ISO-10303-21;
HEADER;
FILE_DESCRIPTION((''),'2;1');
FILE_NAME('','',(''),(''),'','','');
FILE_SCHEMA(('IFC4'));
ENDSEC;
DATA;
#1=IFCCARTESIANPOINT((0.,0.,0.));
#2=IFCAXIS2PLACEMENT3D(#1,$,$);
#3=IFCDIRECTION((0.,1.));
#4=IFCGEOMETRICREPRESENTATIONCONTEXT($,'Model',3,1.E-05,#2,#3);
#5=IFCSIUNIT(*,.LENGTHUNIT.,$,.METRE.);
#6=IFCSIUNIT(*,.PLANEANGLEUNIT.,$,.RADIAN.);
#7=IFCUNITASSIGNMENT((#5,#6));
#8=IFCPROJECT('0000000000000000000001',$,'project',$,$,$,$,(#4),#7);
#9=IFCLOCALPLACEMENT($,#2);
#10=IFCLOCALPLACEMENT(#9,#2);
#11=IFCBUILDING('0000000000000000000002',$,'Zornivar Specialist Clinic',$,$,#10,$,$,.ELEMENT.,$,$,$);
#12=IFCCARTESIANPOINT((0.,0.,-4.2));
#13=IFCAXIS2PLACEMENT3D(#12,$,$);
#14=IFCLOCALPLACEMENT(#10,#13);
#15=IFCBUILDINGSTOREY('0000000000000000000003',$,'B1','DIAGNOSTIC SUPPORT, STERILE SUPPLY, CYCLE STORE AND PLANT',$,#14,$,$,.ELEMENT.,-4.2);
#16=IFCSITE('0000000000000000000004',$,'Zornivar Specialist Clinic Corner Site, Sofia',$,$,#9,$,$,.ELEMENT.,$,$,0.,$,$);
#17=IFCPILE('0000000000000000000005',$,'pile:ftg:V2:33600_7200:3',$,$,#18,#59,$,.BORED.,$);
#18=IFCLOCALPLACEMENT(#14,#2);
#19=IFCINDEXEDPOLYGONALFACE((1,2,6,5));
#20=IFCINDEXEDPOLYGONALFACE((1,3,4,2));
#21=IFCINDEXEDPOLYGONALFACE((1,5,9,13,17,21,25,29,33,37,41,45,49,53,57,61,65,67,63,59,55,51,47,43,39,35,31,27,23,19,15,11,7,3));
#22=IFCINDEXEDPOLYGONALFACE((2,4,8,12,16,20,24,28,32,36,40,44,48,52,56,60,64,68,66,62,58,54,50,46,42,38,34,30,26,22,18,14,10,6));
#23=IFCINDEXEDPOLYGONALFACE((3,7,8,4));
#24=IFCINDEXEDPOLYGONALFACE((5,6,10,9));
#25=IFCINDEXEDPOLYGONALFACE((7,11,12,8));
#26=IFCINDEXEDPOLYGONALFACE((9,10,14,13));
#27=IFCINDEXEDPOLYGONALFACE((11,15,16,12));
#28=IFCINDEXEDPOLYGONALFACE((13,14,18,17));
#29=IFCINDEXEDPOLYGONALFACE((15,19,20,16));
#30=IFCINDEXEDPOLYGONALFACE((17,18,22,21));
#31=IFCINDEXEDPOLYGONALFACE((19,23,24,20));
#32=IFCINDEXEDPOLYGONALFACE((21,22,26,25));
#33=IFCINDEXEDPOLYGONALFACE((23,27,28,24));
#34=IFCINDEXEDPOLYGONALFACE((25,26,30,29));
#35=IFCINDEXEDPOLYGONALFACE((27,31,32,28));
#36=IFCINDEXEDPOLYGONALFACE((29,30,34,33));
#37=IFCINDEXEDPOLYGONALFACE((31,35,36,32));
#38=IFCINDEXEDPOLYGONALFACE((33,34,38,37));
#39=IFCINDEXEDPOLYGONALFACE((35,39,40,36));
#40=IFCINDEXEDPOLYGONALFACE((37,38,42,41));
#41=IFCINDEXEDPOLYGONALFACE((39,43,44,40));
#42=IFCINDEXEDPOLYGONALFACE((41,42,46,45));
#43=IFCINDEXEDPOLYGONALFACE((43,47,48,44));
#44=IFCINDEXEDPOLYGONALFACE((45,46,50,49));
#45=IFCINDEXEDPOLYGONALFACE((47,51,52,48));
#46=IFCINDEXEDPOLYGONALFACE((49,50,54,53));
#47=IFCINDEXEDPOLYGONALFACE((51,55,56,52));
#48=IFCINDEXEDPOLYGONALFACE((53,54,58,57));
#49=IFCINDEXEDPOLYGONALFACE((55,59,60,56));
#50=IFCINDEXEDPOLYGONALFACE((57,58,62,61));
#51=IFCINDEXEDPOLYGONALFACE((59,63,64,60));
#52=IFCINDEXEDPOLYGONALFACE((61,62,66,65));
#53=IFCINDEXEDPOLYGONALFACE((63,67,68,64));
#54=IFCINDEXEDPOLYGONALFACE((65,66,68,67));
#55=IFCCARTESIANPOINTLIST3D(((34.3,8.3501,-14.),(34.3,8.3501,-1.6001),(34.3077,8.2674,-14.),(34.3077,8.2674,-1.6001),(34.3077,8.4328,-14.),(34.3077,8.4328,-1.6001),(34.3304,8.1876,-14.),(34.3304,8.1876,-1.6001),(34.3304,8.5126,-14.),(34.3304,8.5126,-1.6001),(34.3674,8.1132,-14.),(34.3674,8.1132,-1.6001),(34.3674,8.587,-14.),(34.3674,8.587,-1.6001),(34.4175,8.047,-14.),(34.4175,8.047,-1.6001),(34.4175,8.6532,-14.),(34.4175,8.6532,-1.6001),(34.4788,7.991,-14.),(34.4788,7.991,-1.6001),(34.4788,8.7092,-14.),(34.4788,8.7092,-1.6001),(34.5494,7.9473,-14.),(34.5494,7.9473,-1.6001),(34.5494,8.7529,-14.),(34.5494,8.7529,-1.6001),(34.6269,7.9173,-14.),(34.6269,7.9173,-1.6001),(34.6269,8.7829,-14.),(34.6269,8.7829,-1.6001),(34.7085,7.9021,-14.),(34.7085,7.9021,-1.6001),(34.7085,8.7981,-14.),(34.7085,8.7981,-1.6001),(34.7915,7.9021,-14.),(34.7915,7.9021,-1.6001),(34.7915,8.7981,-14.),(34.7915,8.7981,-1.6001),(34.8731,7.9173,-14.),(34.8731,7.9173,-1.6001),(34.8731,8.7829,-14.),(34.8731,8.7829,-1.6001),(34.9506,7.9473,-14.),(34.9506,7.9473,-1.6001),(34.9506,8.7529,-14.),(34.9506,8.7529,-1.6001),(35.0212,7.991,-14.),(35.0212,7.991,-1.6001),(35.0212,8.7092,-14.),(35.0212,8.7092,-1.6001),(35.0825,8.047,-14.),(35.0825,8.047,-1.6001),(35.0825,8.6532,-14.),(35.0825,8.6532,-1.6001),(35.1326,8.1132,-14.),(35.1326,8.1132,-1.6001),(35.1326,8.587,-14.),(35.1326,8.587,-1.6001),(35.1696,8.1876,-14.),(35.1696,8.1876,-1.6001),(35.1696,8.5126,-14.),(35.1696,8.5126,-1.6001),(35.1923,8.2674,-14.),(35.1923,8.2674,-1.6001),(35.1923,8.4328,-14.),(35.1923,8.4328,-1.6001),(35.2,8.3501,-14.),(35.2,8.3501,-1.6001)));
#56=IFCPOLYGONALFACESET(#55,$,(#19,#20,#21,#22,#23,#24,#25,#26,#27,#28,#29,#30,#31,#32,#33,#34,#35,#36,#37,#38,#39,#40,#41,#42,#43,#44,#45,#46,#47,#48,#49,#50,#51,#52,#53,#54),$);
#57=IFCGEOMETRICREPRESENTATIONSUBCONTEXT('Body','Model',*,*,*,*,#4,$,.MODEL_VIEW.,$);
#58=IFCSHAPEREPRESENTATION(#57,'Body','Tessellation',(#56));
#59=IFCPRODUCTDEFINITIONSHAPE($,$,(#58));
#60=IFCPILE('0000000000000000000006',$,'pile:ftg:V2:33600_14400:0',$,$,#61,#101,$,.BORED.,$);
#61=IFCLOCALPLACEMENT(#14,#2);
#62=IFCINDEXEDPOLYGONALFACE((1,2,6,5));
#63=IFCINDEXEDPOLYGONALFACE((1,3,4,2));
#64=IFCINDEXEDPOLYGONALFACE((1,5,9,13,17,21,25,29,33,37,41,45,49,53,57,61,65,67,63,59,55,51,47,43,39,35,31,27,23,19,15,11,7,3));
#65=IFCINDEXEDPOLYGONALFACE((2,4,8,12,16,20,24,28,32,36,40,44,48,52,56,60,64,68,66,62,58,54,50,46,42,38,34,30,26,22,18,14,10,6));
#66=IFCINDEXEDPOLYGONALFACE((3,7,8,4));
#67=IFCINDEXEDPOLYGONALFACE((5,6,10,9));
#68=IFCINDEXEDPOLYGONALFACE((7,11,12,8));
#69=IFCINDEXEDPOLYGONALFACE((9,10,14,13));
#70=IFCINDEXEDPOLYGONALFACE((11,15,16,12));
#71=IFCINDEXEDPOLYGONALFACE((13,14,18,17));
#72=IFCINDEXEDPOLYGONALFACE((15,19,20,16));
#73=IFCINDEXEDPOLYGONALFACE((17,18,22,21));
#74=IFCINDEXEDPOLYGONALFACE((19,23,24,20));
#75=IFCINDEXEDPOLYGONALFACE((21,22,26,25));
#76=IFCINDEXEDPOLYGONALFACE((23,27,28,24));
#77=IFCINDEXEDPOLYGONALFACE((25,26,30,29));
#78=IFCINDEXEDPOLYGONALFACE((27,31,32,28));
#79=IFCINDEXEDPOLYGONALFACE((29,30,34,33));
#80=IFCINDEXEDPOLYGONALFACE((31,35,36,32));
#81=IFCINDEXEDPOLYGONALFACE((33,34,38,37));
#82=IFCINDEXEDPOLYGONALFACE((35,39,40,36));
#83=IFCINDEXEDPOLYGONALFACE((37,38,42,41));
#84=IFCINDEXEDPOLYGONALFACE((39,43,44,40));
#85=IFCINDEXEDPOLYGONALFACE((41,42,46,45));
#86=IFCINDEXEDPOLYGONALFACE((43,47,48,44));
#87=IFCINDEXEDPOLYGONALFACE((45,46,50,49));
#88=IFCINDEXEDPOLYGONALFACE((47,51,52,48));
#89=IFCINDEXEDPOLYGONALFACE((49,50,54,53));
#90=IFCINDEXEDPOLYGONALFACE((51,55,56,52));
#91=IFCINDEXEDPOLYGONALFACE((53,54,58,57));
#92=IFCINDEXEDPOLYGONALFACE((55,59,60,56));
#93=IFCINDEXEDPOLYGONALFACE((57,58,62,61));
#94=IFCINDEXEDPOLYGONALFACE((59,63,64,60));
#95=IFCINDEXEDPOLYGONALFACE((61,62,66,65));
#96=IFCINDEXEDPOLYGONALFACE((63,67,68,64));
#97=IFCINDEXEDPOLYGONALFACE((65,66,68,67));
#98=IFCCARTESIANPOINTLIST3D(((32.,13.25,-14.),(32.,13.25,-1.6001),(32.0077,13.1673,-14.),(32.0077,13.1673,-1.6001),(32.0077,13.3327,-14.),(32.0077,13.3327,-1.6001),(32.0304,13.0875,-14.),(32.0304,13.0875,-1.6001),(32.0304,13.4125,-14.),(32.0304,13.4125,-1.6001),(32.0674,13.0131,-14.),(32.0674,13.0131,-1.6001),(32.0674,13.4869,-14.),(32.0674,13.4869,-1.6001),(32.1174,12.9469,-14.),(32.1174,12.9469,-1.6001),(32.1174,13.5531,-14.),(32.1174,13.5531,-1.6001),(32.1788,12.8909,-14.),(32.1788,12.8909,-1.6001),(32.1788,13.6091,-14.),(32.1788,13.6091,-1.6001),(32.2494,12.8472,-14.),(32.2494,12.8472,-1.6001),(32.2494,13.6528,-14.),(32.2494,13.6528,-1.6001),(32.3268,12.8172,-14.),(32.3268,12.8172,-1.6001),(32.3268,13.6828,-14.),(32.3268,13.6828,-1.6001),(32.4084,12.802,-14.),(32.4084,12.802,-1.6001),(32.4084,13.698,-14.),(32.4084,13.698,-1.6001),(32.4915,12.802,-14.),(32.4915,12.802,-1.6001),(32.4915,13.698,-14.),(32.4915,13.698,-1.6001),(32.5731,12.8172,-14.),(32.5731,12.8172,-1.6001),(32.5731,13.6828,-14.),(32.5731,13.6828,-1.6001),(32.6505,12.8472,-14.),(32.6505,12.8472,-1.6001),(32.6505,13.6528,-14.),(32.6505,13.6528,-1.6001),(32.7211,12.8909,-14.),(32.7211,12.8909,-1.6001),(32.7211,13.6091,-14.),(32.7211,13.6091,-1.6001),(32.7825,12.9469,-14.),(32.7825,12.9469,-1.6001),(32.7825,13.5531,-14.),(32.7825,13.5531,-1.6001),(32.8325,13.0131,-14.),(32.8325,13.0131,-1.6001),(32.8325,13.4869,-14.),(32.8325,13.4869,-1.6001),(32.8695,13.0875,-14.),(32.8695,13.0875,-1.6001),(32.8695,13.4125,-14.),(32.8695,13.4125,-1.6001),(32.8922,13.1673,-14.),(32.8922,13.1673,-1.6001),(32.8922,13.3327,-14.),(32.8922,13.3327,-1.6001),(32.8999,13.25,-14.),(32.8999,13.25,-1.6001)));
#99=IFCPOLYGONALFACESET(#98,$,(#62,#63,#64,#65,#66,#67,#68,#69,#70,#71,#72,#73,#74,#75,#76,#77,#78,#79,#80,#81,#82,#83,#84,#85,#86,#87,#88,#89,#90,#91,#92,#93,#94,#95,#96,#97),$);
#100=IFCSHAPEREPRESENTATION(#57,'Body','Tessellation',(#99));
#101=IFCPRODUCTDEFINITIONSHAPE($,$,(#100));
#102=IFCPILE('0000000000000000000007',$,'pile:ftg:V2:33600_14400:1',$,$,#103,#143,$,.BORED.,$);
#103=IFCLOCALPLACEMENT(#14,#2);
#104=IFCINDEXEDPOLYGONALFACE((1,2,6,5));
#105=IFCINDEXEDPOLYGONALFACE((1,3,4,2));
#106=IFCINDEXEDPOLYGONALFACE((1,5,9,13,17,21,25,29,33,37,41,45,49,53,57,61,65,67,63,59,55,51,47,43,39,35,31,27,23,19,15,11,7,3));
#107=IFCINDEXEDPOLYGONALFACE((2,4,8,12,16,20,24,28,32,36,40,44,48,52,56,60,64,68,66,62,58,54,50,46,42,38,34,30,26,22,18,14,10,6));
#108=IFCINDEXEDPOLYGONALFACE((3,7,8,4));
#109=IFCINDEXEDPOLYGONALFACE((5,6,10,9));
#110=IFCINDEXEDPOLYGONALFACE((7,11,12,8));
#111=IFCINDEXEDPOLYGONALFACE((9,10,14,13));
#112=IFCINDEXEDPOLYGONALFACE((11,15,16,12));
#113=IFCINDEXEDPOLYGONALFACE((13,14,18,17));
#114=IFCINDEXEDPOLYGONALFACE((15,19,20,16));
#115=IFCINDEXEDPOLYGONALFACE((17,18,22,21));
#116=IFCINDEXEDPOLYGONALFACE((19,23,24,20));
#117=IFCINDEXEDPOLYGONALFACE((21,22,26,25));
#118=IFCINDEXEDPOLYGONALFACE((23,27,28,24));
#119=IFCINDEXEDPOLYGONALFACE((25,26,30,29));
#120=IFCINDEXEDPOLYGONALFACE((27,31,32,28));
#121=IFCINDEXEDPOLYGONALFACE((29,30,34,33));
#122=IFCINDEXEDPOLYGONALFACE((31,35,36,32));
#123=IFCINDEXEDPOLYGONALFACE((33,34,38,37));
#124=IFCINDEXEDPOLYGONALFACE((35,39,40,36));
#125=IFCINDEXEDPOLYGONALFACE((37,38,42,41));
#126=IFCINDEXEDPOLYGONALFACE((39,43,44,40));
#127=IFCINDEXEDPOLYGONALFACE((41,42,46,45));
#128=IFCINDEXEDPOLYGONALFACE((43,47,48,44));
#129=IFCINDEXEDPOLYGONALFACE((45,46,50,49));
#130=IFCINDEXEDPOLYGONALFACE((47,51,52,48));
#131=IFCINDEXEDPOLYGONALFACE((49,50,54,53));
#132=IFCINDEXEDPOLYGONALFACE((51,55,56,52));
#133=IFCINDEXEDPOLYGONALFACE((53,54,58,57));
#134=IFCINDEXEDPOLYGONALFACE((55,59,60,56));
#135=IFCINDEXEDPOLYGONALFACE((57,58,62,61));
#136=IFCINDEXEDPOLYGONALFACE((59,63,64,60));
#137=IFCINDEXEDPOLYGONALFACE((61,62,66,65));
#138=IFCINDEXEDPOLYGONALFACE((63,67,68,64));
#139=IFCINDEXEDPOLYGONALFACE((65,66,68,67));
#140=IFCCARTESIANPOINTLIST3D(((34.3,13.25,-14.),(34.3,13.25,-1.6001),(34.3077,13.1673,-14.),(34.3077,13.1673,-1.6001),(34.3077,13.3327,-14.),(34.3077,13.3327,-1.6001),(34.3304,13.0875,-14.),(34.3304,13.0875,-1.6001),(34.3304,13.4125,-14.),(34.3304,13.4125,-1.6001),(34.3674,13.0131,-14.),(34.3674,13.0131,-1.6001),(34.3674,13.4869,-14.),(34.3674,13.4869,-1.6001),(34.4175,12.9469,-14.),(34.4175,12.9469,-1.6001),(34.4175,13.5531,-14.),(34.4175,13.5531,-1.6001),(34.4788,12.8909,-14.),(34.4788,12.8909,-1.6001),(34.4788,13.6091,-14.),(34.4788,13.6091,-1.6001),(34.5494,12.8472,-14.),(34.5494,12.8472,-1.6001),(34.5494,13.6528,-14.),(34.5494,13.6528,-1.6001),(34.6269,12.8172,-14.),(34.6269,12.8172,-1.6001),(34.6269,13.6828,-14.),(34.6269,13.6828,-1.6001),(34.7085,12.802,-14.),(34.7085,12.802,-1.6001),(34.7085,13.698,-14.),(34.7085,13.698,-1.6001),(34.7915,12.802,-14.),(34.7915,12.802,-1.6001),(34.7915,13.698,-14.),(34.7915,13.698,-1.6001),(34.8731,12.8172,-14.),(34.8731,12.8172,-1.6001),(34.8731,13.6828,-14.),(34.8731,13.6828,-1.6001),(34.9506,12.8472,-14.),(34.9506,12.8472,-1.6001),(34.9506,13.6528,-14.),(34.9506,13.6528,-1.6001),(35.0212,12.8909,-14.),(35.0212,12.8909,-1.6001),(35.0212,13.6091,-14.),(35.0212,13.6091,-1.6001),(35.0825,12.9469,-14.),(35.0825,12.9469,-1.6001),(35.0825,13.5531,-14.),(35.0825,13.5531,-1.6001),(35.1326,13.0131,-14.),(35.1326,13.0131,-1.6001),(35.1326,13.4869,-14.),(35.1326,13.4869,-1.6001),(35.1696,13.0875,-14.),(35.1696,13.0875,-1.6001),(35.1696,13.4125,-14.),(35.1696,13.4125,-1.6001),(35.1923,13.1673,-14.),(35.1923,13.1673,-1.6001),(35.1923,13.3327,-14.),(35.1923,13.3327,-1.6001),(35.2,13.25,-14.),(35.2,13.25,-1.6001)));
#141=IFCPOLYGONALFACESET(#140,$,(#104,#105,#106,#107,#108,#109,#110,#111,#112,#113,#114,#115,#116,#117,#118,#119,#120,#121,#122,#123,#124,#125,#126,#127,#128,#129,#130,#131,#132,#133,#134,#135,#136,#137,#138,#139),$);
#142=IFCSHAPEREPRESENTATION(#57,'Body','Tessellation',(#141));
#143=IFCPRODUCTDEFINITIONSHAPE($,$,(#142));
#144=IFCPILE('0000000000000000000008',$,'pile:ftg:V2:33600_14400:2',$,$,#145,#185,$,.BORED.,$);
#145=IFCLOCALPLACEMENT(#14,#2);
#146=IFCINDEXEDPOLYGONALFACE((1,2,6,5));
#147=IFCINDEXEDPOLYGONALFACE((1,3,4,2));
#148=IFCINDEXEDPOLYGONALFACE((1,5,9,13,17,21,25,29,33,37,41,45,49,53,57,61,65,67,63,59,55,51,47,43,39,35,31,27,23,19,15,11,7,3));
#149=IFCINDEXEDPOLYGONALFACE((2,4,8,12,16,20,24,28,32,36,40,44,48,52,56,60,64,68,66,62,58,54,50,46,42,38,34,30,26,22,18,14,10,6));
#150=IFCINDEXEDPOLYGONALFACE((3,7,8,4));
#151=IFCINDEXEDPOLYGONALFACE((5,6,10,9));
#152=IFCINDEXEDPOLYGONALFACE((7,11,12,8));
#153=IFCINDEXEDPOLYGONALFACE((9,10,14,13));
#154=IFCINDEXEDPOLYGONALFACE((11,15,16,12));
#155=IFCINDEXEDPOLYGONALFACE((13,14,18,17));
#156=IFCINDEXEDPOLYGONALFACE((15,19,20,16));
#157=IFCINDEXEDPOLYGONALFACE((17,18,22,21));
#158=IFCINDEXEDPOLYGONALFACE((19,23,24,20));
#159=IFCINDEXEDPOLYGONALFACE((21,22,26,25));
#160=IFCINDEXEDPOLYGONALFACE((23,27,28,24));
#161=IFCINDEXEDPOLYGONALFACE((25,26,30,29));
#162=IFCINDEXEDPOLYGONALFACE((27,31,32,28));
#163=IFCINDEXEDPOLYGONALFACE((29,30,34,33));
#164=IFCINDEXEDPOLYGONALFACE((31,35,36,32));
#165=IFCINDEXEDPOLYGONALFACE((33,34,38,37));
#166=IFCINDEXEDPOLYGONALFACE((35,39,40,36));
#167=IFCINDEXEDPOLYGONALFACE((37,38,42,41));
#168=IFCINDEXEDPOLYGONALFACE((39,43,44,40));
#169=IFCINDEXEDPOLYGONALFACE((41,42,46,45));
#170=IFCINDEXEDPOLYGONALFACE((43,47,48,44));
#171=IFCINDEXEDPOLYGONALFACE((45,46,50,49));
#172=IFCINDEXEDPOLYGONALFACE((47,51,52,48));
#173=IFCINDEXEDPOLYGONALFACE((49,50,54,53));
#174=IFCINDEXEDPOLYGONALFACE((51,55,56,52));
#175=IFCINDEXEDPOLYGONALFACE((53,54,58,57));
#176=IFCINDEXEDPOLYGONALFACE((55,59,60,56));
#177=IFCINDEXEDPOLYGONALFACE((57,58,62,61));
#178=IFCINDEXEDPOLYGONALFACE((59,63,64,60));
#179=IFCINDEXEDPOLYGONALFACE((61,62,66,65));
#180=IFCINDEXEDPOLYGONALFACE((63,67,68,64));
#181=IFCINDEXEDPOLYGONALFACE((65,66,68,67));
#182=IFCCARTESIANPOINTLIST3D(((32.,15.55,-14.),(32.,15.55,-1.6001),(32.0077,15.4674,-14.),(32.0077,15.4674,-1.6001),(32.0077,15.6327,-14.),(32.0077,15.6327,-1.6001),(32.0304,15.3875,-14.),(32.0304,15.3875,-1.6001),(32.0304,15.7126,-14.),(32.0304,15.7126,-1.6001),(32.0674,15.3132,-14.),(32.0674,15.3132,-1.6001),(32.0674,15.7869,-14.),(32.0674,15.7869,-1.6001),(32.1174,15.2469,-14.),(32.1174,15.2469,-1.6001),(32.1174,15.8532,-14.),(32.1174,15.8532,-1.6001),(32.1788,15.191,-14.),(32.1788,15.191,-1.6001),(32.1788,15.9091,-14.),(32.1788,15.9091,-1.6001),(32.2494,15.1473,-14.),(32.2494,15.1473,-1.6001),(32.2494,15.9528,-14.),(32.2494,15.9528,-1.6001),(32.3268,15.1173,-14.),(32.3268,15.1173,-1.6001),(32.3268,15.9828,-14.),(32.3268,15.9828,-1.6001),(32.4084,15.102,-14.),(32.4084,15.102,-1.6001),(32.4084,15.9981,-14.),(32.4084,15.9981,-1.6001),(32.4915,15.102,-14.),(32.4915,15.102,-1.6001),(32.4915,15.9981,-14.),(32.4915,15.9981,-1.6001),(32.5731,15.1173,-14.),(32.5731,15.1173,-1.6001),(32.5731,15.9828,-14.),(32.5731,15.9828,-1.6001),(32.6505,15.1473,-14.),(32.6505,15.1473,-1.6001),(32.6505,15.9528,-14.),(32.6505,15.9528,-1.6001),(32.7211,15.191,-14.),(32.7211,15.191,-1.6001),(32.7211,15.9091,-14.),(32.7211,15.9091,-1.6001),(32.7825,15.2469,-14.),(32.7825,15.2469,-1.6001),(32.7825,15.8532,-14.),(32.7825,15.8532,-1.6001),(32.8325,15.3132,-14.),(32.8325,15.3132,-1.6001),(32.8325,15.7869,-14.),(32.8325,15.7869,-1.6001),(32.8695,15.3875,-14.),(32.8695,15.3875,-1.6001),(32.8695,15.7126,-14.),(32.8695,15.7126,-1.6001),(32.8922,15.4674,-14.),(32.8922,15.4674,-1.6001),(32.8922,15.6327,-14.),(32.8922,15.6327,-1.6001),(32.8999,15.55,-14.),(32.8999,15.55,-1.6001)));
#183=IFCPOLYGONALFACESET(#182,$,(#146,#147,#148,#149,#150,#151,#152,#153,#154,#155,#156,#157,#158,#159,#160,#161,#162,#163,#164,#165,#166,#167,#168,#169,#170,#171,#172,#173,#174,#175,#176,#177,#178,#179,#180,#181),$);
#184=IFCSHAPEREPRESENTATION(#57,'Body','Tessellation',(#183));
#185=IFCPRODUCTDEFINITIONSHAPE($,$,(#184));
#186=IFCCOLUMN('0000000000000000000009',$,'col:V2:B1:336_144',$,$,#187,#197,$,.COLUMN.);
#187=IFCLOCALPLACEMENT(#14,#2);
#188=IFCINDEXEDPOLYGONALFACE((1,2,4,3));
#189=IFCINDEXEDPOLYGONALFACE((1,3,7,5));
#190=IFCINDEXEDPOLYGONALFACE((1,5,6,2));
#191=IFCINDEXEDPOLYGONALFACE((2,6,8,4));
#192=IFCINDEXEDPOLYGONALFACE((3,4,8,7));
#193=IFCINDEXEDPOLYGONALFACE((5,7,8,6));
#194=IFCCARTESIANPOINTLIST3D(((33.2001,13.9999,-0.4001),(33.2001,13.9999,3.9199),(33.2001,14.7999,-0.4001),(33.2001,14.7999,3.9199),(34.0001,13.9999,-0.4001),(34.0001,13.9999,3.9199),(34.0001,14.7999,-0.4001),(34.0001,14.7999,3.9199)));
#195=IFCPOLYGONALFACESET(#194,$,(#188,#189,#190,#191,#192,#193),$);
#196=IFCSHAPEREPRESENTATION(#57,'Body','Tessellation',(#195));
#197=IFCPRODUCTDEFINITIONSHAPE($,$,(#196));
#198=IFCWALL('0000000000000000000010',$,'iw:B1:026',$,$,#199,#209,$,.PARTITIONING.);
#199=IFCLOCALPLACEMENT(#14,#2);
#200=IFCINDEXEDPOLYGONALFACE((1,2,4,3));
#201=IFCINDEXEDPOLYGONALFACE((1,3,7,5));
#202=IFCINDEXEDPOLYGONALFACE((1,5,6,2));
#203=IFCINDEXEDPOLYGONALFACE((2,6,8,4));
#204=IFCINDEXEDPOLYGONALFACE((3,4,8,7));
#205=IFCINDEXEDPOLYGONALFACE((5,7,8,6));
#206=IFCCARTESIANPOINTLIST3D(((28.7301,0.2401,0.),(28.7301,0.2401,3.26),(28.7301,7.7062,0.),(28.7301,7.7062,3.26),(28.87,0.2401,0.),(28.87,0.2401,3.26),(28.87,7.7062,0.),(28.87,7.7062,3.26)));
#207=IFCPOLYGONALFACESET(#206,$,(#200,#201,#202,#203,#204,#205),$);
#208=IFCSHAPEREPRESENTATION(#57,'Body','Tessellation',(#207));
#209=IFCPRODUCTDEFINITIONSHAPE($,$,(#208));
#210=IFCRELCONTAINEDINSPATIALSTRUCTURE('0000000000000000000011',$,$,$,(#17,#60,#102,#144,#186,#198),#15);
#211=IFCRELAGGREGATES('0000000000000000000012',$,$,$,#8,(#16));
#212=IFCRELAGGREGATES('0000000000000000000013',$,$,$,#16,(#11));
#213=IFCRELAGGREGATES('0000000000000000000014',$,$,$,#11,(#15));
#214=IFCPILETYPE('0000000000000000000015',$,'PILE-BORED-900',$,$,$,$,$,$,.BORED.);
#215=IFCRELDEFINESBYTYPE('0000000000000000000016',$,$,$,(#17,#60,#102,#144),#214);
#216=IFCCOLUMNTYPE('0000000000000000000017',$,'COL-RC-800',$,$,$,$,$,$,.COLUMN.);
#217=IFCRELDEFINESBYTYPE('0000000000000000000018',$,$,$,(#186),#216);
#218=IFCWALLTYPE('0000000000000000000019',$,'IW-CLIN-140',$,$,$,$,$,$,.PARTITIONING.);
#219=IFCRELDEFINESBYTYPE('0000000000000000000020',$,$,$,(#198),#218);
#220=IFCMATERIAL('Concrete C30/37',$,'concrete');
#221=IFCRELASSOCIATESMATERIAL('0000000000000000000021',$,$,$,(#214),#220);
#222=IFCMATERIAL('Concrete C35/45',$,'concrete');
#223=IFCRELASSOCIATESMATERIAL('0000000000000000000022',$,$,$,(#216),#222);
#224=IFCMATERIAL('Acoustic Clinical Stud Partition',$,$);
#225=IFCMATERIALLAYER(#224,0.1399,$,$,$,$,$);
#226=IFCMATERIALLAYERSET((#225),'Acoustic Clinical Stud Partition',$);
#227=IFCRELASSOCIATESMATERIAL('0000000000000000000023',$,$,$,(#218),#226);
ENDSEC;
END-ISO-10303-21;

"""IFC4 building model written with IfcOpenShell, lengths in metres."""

from ifc_helpers import new_model, si_unit, direction, frame, frame_2d, origin, origin_2d, place, context, subcontext, project, spatial, rectangle, circle, extrude, material, layer, layer_set, material_profile, profile_set, type_object, element, save


model = new_model("IFC4")

# Units and contexts
model_context = context("Model", 3, precision=1e-05, world=origin(), true_north=direction((0.0, 1.0)))
body_context = subcontext(model_context, "Body", "Model", "MODEL_VIEW")
ifc_project = project(units=[si_unit("LENGTHUNIT", "METRE"), si_unit("PLANEANGLEUNIT", "RADIAN")], contexts=[model_context])

# Site, building, storey
site_placement = place(None, origin())
site = spatial("IfcSite", under=ifc_project, at=site_placement, Name="Zornivar Specialist Clinic Corner Site, Sofia", CompositionType="ELEMENT", RefElevation=0.0)
building_placement = place(site_placement, origin())
building = spatial("IfcBuilding", under=site, at=building_placement, Name="Zornivar Specialist Clinic", CompositionType="ELEMENT")
storey_placement = place(building_placement, frame((0.0, 0.0, -4.2)))
storey = spatial("IfcBuildingStorey", under=building, at=storey_placement, Name="B1", Description="DIAGNOSTIC SUPPORT, STERILE SUPPLY, CYCLE STORE AND PLANT", CompositionType="ELEMENT", Elevation=-4.2)

# Piles
ifc_material_1 = material(Name="Concrete C30/37", Category="concrete")
ifc_material_profile_1 = material_profile(ifc_material_1, circle(Radius=0.45, at=origin_2d()), Name="PILE D900")
ifc_profile_set_1 = profile_set([ifc_material_profile_1], Name="Concrete C30/37")
pile_type = type_object("IfcPileType", Name="PILE-BORED-900", PredefinedType="BORED", material=ifc_profile_set_1)
for number, where, z_axis, x_axis, name in (
    (1, (34.75, 8.3501, -1.6001), (0.0, 0.0, -1.0), (1.0, 0.0, 0.0), "pile:ftg:V2:33600_7200:3"),
    (2, (32.45, 13.25, -1.6001), (0.0, 0.0, -1.0), (1.0, 0.0, 0.0), "pile:ftg:V2:33600_14400:0"),
    (3, (34.75, 13.25, -1.6001), (0.0, 0.0, -1.0), (1.0, 0.0, 0.0), "pile:ftg:V2:33600_14400:1"),
    (4, (32.45, 15.55, -1.6001), (0.0, 0.0, -1.0), (1.0, 0.0, 0.0), "pile:ftg:V2:33600_14400:2"),
):
    element("IfcPile", number, at=place(storey_placement, frame(where, z_axis=z_axis, x_axis=x_axis)), inside=storey, type_object=pile_type, Name=name, PredefinedType="BORED", context=body_context, shape_type="SweptSolid", body=[
        extrude(circle(Radius=0.45, at=origin_2d()), origin(), (0.0, 0.0, 1.0), 12.3999),
    ])

# Column
ifc_material_2 = material(Name="Concrete C35/45", Category="concrete")
ifc_material_profile_2 = material_profile(ifc_material_2, rectangle(XDim=0.8, YDim=0.8, at=origin_2d()), Name="RC 800x800")
ifc_profile_set_2 = profile_set([ifc_material_profile_2], Name="Concrete C35/45")
column_type = type_object("IfcColumnType", Name="COL-RC-800", PredefinedType="COLUMN", material=ifc_profile_set_2)
column_placement = place(storey_placement, frame((33.6001, 14.3999, -0.4001), z_axis=(0.0, 0.0, 1.0), x_axis=(1.0, 0.0, 0.0)))
element("IfcColumn", 5, at=column_placement, inside=storey, type_object=column_type, Name="col:V2:B1:336_144", PredefinedType="COLUMN", context=body_context, shape_type="SweptSolid", body=[
    extrude(rectangle(XDim=0.8, YDim=0.8, at=origin_2d()), origin(), (0.0, 0.0, 1.0), 4.3201),
])

# Wall
ifc_material_3 = material(Name="Acoustic Clinical Stud Partition")
ifc_layer_1 = layer(ifc_material_3, 0.1399)
ifc_layer_set_1 = layer_set([ifc_layer_1], Name="Acoustic Clinical Stud Partition")
wall_type_1 = type_object("IfcWallType", Name="IW-CLIN-140", PredefinedType="PARTITIONING", material=ifc_layer_set_1)
wall_1_placement = place(storey_placement, frame((28.8, 7.7061, 0.0), z_axis=(0.0, 0.0, 1.0), x_axis=(0.0, -1.0, 0.0)))
element("IfcWall", 6, at=wall_1_placement, inside=storey, type_object=wall_type_1, Name="iw:B1:026", PredefinedType="PARTITIONING", context=body_context, shape_type="SweptSolid", body=[
    extrude(rectangle(XDim=7.4661, YDim=0.1399, at=frame_2d((3.7329, 0.0))), origin(), (0.0, 0.0, 1.0), 3.26),
])

save(model, "model.ifc")
